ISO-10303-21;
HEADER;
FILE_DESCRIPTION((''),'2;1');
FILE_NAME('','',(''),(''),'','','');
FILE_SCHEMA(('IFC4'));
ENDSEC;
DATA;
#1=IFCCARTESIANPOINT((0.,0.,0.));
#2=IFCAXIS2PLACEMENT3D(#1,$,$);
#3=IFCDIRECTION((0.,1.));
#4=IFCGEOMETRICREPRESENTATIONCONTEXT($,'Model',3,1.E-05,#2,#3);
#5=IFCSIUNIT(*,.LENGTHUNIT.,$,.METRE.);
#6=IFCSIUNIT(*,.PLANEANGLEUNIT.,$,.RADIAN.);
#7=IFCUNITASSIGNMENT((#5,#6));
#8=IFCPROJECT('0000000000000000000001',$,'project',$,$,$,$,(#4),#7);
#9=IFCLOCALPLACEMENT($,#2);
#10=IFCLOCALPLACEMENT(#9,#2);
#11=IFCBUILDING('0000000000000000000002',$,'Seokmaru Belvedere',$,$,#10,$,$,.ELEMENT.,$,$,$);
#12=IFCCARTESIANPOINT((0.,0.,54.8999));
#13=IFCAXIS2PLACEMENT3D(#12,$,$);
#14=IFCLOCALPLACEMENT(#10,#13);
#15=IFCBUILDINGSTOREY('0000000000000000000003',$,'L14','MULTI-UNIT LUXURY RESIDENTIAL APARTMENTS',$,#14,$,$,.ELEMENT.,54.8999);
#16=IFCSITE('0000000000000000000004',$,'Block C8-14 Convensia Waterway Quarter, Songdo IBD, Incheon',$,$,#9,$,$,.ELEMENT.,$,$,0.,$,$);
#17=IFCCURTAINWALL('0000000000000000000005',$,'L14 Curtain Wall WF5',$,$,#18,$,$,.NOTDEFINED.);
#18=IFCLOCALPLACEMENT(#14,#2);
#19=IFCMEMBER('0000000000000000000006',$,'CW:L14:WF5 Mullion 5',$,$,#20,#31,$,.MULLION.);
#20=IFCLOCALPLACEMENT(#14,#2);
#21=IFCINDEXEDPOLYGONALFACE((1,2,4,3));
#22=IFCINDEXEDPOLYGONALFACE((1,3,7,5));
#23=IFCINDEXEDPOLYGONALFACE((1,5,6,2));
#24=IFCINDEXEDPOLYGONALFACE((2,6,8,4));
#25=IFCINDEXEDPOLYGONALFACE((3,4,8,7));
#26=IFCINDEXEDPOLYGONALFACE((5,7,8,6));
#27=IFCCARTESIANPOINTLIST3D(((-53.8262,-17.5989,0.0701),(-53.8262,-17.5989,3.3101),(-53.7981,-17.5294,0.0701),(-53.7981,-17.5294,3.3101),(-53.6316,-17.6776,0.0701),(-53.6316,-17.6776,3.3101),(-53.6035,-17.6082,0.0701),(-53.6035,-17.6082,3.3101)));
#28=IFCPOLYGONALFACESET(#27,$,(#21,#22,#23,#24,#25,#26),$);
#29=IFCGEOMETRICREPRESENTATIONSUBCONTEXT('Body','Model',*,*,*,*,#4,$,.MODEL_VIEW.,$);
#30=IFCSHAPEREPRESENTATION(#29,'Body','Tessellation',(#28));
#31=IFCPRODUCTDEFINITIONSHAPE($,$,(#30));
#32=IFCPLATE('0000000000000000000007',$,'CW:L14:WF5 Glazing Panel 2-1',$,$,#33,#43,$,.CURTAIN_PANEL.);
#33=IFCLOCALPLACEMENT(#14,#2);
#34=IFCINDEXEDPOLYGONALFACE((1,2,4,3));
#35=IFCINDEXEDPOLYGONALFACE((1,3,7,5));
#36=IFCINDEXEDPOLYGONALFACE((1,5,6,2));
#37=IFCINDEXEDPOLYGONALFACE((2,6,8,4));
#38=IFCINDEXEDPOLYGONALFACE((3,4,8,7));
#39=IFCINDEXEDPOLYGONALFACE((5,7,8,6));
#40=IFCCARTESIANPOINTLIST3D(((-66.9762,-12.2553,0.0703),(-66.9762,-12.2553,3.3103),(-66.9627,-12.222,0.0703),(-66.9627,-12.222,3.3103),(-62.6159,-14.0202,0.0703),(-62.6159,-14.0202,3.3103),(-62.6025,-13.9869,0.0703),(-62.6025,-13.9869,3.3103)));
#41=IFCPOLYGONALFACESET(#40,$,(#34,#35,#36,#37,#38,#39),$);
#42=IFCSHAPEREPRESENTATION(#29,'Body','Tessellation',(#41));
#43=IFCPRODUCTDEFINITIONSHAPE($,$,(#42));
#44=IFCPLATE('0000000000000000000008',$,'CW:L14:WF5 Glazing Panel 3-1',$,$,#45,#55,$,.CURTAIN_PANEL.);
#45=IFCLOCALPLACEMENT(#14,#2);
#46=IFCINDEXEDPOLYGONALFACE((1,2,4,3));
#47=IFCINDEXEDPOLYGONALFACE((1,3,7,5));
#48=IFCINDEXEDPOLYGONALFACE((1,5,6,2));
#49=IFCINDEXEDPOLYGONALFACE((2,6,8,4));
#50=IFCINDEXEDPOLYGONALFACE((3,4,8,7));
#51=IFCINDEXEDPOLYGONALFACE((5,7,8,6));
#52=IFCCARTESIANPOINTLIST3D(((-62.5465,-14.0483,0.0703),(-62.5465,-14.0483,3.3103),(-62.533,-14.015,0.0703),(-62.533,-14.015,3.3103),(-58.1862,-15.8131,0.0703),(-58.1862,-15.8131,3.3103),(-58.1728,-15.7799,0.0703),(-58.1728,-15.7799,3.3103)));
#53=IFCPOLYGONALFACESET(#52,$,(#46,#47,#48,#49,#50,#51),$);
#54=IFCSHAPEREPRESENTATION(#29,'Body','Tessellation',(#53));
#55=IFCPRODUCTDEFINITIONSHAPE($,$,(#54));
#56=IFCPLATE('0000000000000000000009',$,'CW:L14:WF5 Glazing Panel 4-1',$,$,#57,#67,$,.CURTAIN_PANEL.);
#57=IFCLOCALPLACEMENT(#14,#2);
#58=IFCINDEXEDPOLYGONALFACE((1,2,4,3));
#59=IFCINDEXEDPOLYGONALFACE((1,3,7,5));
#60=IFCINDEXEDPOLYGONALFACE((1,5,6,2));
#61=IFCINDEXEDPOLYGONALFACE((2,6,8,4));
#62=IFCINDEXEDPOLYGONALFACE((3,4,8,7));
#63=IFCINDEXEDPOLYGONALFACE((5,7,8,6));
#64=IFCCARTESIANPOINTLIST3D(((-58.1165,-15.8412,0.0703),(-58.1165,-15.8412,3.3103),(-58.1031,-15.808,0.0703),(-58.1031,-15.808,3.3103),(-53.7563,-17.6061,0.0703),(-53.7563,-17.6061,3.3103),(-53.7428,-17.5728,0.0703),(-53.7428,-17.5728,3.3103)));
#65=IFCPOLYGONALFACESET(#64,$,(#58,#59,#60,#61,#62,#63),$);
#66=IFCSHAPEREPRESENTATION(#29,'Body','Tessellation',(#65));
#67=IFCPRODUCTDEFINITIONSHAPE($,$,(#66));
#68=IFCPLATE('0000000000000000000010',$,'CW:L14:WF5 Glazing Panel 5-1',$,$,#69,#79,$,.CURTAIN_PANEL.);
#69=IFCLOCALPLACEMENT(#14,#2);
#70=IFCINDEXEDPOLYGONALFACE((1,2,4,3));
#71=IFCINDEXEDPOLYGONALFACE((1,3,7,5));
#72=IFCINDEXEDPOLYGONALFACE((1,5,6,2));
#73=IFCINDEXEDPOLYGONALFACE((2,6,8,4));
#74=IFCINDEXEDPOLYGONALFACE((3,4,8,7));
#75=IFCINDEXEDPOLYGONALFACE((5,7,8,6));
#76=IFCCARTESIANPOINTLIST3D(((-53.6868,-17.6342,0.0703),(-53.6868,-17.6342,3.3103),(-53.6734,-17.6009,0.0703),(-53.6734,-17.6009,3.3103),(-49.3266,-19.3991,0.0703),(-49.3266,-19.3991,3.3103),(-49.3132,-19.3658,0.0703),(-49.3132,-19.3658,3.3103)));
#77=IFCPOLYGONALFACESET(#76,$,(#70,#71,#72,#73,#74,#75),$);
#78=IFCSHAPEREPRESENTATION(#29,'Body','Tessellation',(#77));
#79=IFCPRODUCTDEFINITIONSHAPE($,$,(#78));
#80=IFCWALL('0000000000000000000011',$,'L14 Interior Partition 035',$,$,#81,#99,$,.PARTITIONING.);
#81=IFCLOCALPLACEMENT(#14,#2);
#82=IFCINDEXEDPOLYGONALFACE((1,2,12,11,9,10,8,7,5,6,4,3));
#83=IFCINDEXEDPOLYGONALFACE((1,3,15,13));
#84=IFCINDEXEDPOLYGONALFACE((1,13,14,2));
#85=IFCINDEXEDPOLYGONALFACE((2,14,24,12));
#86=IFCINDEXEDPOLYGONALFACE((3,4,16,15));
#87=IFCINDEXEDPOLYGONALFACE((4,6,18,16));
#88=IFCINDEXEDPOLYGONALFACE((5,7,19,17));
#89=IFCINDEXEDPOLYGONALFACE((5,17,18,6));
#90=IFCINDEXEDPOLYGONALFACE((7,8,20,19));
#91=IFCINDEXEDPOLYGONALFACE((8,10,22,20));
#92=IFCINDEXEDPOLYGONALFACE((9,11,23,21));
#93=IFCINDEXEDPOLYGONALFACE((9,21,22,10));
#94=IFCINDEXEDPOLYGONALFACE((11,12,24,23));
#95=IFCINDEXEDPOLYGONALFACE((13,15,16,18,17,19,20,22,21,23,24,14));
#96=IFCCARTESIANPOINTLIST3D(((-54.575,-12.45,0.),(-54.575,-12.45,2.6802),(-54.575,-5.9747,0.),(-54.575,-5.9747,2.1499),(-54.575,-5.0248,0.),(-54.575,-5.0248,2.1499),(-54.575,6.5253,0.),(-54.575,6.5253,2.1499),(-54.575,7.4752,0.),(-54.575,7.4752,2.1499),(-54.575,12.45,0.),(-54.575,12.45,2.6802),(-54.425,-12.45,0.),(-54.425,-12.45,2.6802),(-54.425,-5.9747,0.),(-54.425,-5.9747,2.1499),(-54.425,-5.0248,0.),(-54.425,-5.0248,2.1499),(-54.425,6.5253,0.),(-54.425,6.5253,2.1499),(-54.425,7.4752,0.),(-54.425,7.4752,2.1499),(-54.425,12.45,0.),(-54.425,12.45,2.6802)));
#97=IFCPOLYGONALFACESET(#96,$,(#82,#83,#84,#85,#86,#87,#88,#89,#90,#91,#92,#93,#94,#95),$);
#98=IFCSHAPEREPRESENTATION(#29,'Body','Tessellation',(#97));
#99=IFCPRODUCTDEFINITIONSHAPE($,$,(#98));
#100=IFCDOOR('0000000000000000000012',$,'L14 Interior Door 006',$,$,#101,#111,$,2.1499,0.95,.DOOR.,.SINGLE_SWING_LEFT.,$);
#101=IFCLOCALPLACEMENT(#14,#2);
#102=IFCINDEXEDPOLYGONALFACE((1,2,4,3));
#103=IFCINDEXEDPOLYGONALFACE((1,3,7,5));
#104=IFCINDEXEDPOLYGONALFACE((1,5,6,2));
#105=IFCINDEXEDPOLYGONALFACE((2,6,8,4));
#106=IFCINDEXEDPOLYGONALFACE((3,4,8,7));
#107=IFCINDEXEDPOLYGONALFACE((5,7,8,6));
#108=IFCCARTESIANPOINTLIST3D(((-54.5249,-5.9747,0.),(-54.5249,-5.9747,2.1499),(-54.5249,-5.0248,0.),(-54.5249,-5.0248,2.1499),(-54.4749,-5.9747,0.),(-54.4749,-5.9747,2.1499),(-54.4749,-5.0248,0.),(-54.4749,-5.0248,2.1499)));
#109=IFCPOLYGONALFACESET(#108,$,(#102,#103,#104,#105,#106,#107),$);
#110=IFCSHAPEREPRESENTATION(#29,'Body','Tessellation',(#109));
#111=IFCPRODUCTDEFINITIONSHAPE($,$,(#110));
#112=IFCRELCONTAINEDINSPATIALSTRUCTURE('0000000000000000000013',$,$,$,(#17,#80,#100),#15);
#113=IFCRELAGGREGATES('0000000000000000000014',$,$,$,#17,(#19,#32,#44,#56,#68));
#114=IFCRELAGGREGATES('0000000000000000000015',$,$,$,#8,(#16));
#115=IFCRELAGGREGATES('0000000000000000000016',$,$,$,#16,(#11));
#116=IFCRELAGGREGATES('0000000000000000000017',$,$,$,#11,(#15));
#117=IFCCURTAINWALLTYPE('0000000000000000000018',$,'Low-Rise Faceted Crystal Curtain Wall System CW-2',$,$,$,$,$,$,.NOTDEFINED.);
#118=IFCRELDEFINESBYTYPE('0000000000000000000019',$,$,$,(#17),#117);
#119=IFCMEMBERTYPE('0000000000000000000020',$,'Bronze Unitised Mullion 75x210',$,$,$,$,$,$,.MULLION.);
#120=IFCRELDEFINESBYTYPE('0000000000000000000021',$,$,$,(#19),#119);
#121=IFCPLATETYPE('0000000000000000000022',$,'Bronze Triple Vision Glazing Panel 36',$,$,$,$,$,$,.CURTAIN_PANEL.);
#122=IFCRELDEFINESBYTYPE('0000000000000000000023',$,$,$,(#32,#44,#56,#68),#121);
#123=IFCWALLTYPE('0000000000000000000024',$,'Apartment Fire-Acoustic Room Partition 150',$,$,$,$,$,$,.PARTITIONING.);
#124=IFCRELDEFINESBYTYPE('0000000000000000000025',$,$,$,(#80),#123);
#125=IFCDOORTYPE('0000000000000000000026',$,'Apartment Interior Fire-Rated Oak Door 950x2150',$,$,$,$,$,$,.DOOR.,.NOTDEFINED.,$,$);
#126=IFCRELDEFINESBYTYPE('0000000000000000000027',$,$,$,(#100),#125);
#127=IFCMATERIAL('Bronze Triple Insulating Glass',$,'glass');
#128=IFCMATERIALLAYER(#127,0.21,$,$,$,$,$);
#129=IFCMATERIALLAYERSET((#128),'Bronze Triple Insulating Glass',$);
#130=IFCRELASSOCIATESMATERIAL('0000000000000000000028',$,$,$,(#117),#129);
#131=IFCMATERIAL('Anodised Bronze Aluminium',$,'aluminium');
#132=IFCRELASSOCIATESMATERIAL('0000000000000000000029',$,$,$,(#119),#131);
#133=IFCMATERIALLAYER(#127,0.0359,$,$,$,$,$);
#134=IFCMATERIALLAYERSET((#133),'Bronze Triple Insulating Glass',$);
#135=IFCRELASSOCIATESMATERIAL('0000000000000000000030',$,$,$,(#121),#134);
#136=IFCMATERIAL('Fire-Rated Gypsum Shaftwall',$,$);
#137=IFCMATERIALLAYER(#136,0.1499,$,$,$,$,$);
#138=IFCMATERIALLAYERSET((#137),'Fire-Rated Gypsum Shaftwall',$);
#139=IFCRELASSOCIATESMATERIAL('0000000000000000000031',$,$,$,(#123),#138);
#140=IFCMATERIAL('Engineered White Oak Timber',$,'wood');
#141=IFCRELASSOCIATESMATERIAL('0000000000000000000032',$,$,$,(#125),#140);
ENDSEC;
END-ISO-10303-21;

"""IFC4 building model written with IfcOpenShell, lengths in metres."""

from ifc_helpers import new_model, si_unit, direction, frame, frame_2d, origin, origin_2d, place, context, subcontext, project, spatial, rectangle, extrude, source, transform, mapped, material, layer, layer_set, material_profile, profile_set, type_object, type_shapes, element, fill, aggregate, save


model = new_model("IFC4")

# Units and contexts
model_context = context("Model", 3, precision=1e-05, world=origin(), true_north=direction((0.0, 1.0)))
body_context = subcontext(model_context, "Body", "Model", "MODEL_VIEW")
ifc_project = project(units=[si_unit("LENGTHUNIT", "METRE"), si_unit("PLANEANGLEUNIT", "RADIAN")], contexts=[model_context])

# Site, building, storey
site_placement = place(None, origin())
site = spatial("IfcSite", under=ifc_project, at=site_placement, Name="Block C8-14 Convensia Waterway Quarter, Songdo IBD, Incheon", CompositionType="ELEMENT", RefElevation=0.0)
building_placement = place(site_placement, origin())
building = spatial("IfcBuilding", under=site, at=building_placement, Name="Seokmaru Belvedere", CompositionType="ELEMENT")
storey_placement = place(building_placement, frame((0.0, 0.0, 54.8999)))
storey = spatial("IfcBuildingStorey", under=building, at=storey_placement, Name="L14", Description="MULTI-UNIT LUXURY RESIDENTIAL APARTMENTS", CompositionType="ELEMENT", Elevation=54.8999)

# Curtain wall, member, plates
ifc_material_1 = material(Name="Bronze Triple Insulating Glass", Category="glass")
ifc_layer_1 = layer(ifc_material_1, 0.21)
ifc_layer_set_1 = layer_set([ifc_layer_1], Name="Bronze Triple Insulating Glass")
curtain_wall_type = type_object("IfcCurtainWallType", Name="Low-Rise Faceted Crystal Curtain Wall System CW-2", PredefinedType="NOTDEFINED", material=ifc_layer_set_1)
curtain_wall_placement = place(storey_placement, origin())
curtain_wall = element("IfcCurtainWall", 1, at=curtain_wall_placement, inside=storey, type_object=curtain_wall_type, Name="L14 Curtain Wall WF5", PredefinedType="NOTDEFINED")
ifc_material_2 = material(Name="Anodised Bronze Aluminium", Category="aluminium")
ifc_material_profile_1 = material_profile(ifc_material_2, rectangle(XDim=0.075, YDim=0.21, at=origin_2d()), Name="CW-M-75x210")
ifc_profile_set_1 = profile_set([ifc_material_profile_1], Name="Anodised Bronze Aluminium")
member_type = type_object("IfcMemberType", Name="Bronze Unitised Mullion 75x210", PredefinedType="MULLION", material=ifc_profile_set_1)
shared_shape_1 = source(origin(), body_context, "Body", "SweptSolid", [
    extrude(rectangle(XDim=0.075, YDim=0.21, at=origin_2d()), origin(), (0.0, 0.0, 1.0), 3.24),
])
type_shapes(member_type, [shared_shape_1])
member_1_placement = place(storey_placement, frame((-53.7148, -17.6035, 0.0701), z_axis=(0.0, 0.0, 1.0), x_axis=(0.375192, 0.926947, 0.0)))
member_1 = element("IfcMember", 2, at=member_1_placement, type_object=member_type, Name="CW:L14:WF5 Mullion 5", PredefinedType="MULLION", context=body_context, shape_type="MappedRepresentation", body=[
    mapped(shared_shape_1, transform((0.0, 0.0, 0.0), scale=1.0)),
])
ifc_layer_2 = layer(ifc_material_1, 0.0359)
ifc_layer_set_2 = layer_set([ifc_layer_2], Name="Bronze Triple Insulating Glass")
plate_type = type_object("IfcPlateType", Name="Bronze Triple Vision Glazing Panel 36", PredefinedType="CURTAIN_PANEL", material=ifc_layer_set_2)
shared_shape_2 = source(origin(), body_context, "Body", "SweptSolid", [
    extrude(rectangle(XDim=4.7039, YDim=0.0359, at=origin_2d()), origin(), (0.0, 0.0, 1.0), 3.24),
])
type_shapes(plate_type, [shared_shape_2])
plate_1_placement = place(storey_placement, frame((-64.7893, -13.1211, 0.0703), z_axis=(0.0, 0.0, 1.0), x_axis=(0.926947, -0.375192, 0.0)))
plate_1 = element("IfcPlate", 3, at=plate_1_placement, type_object=plate_type, Name="CW:L14:WF5 Glazing Panel 2-1", PredefinedType="CURTAIN_PANEL", context=body_context, shape_type="MappedRepresentation", body=[
    mapped(shared_shape_2, transform((0.0, 0.0, 0.0), scale=1.0)),
])
plate_2_placement = place(storey_placement, frame((-60.3596, -14.9141, 0.0703), z_axis=(0.0, 0.0, 1.0), x_axis=(0.926947, -0.375192, 0.0)))
plate_2 = element("IfcPlate", 4, at=plate_2_placement, type_object=plate_type, Name="CW:L14:WF5 Glazing Panel 3-1", PredefinedType="CURTAIN_PANEL", context=body_context, shape_type="MappedRepresentation", body=[
    mapped(shared_shape_2, transform((0.0, 0.0, 0.0), scale=1.0)),
])
plate_3_placement = place(storey_placement, frame((-55.9297, -16.707, 0.0703), z_axis=(0.0, 0.0, 1.0), x_axis=(0.926947, -0.375192, 0.0)))
plate_3 = element("IfcPlate", 5, at=plate_3_placement, type_object=plate_type, Name="CW:L14:WF5 Glazing Panel 4-1", PredefinedType="CURTAIN_PANEL", context=body_context, shape_type="MappedRepresentation", body=[
    mapped(shared_shape_2, transform((0.0, 0.0, 0.0), scale=1.0)),
])
plate_4_placement = place(storey_placement, frame((-51.5, -18.5, 0.0703), z_axis=(0.0, 0.0, 1.0), x_axis=(0.926947, -0.375192, 0.0)))
plate_4 = element("IfcPlate", 6, at=plate_4_placement, type_object=plate_type, Name="CW:L14:WF5 Glazing Panel 5-1", PredefinedType="CURTAIN_PANEL", context=body_context, shape_type="MappedRepresentation", body=[
    mapped(shared_shape_2, transform((0.0, 0.0, 0.0), scale=1.0)),
])
aggregate(curtain_wall, [member_1, plate_1, plate_2, plate_3, plate_4])

# Shared definitions
ifc_material_3 = material(Name="Fire-Rated Gypsum Shaftwall")
ifc_layer_3 = layer(ifc_material_3, 0.1499)
ifc_layer_set_3 = layer_set([ifc_layer_3], Name="Fire-Rated Gypsum Shaftwall")
wall_type = type_object("IfcWallType", Name="Apartment Fire-Acoustic Room Partition 150", PredefinedType="PARTITIONING", material=ifc_layer_set_3)
ifc_material_4 = material(Name="Engineered White Oak Timber", Category="wood")
door_type = type_object("IfcDoorType", Name="Apartment Interior Fire-Rated Oak Door 950x2150", OperationType="NOTDEFINED", PredefinedType="DOOR", material=ifc_material_4)
shared_shape_3 = source(origin(), body_context, "Body", "SweptSolid", [
    extrude(rectangle(XDim=0.95, YDim=2.1499, at=frame_2d((0.4751, 1.075))), frame((0.0, 0.0249, 0.0), z_axis=(0.0, -1.0, 0.0), x_axis=(1.0, 0.0, 0.0)), (0.0, 0.0, 1.0), 0.05),
])
type_shapes(door_type, [shared_shape_3])

# Wall, openings, door
wall_1_placement = place(storey_placement, frame((-54.5, -12.45, 0.0), z_axis=(0.0, 0.0, 1.0), x_axis=(0.0, 1.0, 0.0)))
wall_1 = element("IfcWall", 7, at=wall_1_placement, inside=storey, type_object=wall_type, Name="L14 Interior Partition 035", PredefinedType="PARTITIONING", context=body_context, shape_type="SweptSolid", body=[
    extrude(rectangle(XDim=24.8999, YDim=0.1499, at=frame_2d((12.45, 0.0))), origin(), (0.0, 0.0, 1.0), 2.6802),
])
opening_1_placement = place(wall_1_placement, frame((6.4751, 0.0, 0.0)))
opening_1 = element("IfcOpeningElement", 8, at=opening_1_placement, cuts=wall_1, PredefinedType="OPENING", context=body_context, shape_type="SweptSolid", body=[
    extrude(rectangle(XDim=0.95, YDim=2.1499, at=frame_2d((0.4751, 1.075))), frame((0.0, 0.085, 0.0), z_axis=(0.0, -1.0, 0.0), x_axis=(1.0, 0.0, 0.0)), (0.0, 0.0, 1.0), 0.1699),
])
opening_2_placement = place(wall_1_placement, frame((18.9751, 0.0, 0.0)))
element("IfcOpeningElement", 9, at=opening_2_placement, cuts=wall_1, PredefinedType="OPENING", context=body_context, shape_type="SweptSolid", body=[
    extrude(rectangle(XDim=0.95, YDim=2.1499, at=frame_2d((0.4751, 1.075))), frame((0.0, 0.085, 0.0), z_axis=(0.0, -1.0, 0.0), x_axis=(1.0, 0.0, 0.0)), (0.0, 0.0, 1.0), 0.1699),
])
door_1_placement = place(opening_1_placement, origin())
door_1 = element("IfcDoor", 10, at=door_1_placement, inside=storey, type_object=door_type, Name="L14 Interior Door 006", OperationType="SINGLE_SWING_LEFT", OverallHeight=2.1499, OverallWidth=0.95, PredefinedType="DOOR", context=body_context, shape_type="MappedRepresentation", body=[
    mapped(shared_shape_3, transform((0.0, 0.0, 0.0), scale=1.0)),
])
fill(opening_1, door_1)

save(model, "model.ifc")
